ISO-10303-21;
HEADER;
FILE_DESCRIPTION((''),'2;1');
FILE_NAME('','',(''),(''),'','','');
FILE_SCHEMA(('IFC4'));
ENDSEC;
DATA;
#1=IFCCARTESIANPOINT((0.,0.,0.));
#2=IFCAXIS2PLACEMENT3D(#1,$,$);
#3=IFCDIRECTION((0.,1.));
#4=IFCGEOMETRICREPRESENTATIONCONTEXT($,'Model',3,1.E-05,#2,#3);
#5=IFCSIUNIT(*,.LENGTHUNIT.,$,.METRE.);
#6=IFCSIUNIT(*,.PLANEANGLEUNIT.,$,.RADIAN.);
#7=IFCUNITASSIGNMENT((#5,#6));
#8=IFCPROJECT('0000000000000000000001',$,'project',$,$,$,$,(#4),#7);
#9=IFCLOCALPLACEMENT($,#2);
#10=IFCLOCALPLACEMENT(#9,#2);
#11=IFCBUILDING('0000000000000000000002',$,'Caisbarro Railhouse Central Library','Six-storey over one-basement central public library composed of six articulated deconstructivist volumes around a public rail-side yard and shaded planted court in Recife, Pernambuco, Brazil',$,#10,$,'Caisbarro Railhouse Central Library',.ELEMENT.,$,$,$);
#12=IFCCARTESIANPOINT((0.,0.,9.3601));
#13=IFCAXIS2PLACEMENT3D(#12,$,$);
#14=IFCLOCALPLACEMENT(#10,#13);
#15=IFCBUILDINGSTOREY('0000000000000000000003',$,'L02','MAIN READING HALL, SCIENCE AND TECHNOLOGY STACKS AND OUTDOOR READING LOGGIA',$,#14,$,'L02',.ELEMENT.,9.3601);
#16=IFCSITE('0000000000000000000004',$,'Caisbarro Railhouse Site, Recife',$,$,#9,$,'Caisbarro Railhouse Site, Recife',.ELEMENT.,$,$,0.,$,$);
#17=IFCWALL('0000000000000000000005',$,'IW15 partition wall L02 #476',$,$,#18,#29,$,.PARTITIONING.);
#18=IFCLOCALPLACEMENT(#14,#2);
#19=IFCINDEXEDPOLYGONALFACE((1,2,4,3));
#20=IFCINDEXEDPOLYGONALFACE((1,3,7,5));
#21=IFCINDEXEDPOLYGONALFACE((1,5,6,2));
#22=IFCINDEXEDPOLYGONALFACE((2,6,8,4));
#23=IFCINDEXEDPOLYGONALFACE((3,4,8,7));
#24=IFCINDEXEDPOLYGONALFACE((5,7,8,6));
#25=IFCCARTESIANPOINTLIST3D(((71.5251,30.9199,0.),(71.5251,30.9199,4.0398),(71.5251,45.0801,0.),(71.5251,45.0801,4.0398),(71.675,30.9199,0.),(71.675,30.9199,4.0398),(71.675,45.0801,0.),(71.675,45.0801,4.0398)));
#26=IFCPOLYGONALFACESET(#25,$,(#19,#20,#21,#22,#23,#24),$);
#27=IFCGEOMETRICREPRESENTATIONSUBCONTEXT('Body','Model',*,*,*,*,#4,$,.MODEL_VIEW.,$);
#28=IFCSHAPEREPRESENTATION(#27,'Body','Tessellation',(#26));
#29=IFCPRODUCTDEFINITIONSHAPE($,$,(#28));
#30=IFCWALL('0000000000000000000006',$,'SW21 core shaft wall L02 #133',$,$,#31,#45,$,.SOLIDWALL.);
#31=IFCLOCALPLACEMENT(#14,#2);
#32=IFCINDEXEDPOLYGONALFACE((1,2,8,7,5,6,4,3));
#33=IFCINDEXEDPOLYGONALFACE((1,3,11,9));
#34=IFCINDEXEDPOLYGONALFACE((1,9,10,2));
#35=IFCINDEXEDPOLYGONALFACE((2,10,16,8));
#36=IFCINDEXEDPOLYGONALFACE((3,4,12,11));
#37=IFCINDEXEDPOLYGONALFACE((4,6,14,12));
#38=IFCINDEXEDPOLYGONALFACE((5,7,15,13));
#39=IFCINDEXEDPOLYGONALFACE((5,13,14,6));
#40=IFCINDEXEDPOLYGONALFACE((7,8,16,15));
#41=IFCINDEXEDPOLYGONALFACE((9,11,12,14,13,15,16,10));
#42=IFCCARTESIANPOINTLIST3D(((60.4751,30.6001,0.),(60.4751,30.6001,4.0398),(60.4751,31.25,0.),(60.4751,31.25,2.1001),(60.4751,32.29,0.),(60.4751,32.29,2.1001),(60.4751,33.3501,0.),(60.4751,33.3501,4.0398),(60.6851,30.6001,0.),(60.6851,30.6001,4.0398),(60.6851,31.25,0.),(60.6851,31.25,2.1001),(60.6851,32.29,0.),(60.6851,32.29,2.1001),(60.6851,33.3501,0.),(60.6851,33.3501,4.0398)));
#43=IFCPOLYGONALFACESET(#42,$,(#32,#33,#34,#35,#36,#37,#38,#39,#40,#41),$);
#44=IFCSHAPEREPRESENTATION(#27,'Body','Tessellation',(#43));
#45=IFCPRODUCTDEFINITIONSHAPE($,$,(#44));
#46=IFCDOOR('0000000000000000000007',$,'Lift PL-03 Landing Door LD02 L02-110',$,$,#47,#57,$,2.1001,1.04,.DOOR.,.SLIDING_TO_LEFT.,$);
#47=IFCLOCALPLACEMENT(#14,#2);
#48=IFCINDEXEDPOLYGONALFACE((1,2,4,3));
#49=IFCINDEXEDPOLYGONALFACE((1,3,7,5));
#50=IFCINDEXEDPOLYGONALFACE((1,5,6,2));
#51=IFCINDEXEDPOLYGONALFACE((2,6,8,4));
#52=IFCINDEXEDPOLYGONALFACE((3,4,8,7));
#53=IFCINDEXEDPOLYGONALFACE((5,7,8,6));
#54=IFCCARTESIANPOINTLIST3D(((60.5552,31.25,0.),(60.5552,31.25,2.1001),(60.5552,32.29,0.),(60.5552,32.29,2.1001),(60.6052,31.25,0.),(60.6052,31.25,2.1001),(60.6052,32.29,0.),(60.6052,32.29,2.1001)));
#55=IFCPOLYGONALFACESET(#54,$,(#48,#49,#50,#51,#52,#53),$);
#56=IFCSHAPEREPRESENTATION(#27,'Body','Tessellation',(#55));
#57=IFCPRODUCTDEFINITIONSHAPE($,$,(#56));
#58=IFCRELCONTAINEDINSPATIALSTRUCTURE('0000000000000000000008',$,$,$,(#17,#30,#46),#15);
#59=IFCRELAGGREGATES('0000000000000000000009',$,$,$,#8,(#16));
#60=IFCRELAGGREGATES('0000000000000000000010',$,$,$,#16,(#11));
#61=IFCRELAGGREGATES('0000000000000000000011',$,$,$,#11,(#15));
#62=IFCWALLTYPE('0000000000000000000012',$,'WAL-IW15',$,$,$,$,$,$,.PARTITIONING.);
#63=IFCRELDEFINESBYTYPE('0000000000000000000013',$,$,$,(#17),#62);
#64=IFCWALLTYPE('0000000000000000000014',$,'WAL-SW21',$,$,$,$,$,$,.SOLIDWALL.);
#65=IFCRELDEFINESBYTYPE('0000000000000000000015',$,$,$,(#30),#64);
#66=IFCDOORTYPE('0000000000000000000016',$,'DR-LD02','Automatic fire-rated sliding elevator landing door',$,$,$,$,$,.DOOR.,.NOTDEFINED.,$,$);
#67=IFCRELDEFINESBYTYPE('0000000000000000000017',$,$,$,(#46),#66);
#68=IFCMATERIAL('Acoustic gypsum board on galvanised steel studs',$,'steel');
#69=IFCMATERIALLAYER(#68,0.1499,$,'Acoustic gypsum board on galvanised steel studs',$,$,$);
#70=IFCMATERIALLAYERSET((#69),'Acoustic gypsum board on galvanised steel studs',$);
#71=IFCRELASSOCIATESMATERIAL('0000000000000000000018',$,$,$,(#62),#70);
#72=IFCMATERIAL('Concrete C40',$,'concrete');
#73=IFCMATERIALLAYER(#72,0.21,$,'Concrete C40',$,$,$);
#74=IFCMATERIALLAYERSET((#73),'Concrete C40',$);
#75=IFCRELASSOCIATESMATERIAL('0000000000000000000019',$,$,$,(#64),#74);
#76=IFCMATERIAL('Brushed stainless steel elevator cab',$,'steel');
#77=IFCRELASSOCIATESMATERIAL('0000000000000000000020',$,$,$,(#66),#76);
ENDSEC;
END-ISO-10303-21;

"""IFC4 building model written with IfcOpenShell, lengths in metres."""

from ifc_helpers import new_model, si_unit, direction, frame, frame_2d, origin, place, context, subcontext, project, spatial, rectangle, extrude, material, layer, layer_set, type_object, element, fill, save


model = new_model("IFC4")

# Units and contexts
model_context = context("Model", 3, precision=1e-05, world=origin(), true_north=direction((0.0, 1.0)))
body_context = subcontext(model_context, "Body", "Model", "MODEL_VIEW")
ifc_project = project(units=[si_unit("LENGTHUNIT", "METRE"), si_unit("PLANEANGLEUNIT", "RADIAN")], contexts=[model_context])

# Site, building, storey
site_placement = place(None, origin())
site = spatial("IfcSite", under=ifc_project, at=site_placement, Name="Caisbarro Railhouse Site, Recife", LongName="Caisbarro Railhouse Site, Recife", CompositionType="ELEMENT", RefElevation=0.0)
building_placement = place(site_placement, origin())
building = spatial("IfcBuilding", under=site, at=building_placement, Name="Caisbarro Railhouse Central Library", Description="Six-storey over one-basement central public library composed of six articulated deconstructivist volumes around a public rail-side yard and shaded planted court in Recife, Pernambuco, Brazil", LongName="Caisbarro Railhouse Central Library", CompositionType="ELEMENT")
storey_placement = place(building_placement, frame((0.0, 0.0, 9.3601)))
storey = spatial("IfcBuildingStorey", under=building, at=storey_placement, Name="L02", Description="MAIN READING HALL, SCIENCE AND TECHNOLOGY STACKS AND OUTDOOR READING LOGGIA", LongName="L02", CompositionType="ELEMENT", Elevation=9.3601)

# Shared definitions
ifc_material_1 = material(Name="Concrete C40", Category="concrete")

# Wall
ifc_material_2 = material(Name="Acoustic gypsum board on galvanised steel studs", Category="steel")
ifc_layer_1 = layer(ifc_material_2, 0.1499, Name="Acoustic gypsum board on galvanised steel studs")
ifc_layer_set_1 = layer_set([ifc_layer_1], Name="Acoustic gypsum board on galvanised steel studs")
wall_type_1 = type_object("IfcWallType", Name="WAL-IW15", PredefinedType="PARTITIONING", material=ifc_layer_set_1)
wall_1_placement = place(storey_placement, frame((71.6001, 30.9199, 0.0), z_axis=(0.0, 0.0, 1.0), x_axis=(0.0, 1.0, 0.0)))
element("IfcWall", 1, at=wall_1_placement, inside=storey, type_object=wall_type_1, Name="IW15 partition wall L02 #476", PredefinedType="PARTITIONING", context=body_context, shape_type="SweptSolid", body=[
    extrude(rectangle(XDim=14.1602, YDim=0.1499, at=frame_2d((7.0801, 0.0))), origin(), (0.0, 0.0, 1.0), 4.0398),
])

# Wall, opening, door
ifc_layer_2 = layer(ifc_material_1, 0.21, Name="Concrete C40")
ifc_layer_set_2 = layer_set([ifc_layer_2], Name="Concrete C40")
wall_type_2 = type_object("IfcWallType", Name="WAL-SW21", PredefinedType="SOLIDWALL", material=ifc_layer_set_2)
wall_2_placement = place(storey_placement, frame((60.5801, 30.6001, 0.0), z_axis=(0.0, 0.0, 1.0), x_axis=(0.0, 1.0, 0.0)))
wall_2 = element("IfcWall", 2, at=wall_2_placement, inside=storey, type_object=wall_type_2, Name="SW21 core shaft wall L02 #133", PredefinedType="SOLIDWALL", context=body_context, shape_type="SweptSolid", body=[
    extrude(rectangle(XDim=2.75, YDim=0.21, at=frame_2d((1.375, 0.0))), origin(), (0.0, 0.0, 1.0), 4.0398),
])
opening_1_placement = place(wall_2_placement, frame((0.6499, 0.0, 0.0)))
opening_1 = element("IfcOpeningElement", 3, at=opening_1_placement, cuts=wall_2, PredefinedType="OPENING", context=body_context, shape_type="SweptSolid", body=[
    extrude(rectangle(XDim=1.04, YDim=2.1001, at=frame_2d((0.52, 1.05))), frame((0.0, 0.115, 0.0), z_axis=(0.0, -1.0, 0.0), x_axis=(1.0, 0.0, 0.0)), (0.0, 0.0, 1.0), 0.23),
])
ifc_material_3 = material(Name="Brushed stainless steel elevator cab", Category="steel")
door_type_1 = type_object("IfcDoorType", Name="DR-LD02", Description="Automatic fire-rated sliding elevator landing door", OperationType="NOTDEFINED", PredefinedType="DOOR", material=ifc_material_3)
door_1_placement = place(opening_1_placement, origin())
door_1 = element("IfcDoor", 4, at=door_1_placement, inside=storey, type_object=door_type_1, Name="Lift PL-03 Landing Door LD02 L02-110", OperationType="SLIDING_TO_LEFT", OverallHeight=2.1001, OverallWidth=1.04, PredefinedType="DOOR", context=body_context, shape_type="SweptSolid", body=[
    extrude(rectangle(XDim=1.04, YDim=2.1001, at=frame_2d((0.52, 1.05))), frame((0.0, 0.0249, 0.0), z_axis=(0.0, -1.0, 0.0), x_axis=(1.0, 0.0, 0.0)), (0.0, 0.0, 1.0), 0.05),
])
fill(opening_1, door_1)

save(model, "model.ifc")
